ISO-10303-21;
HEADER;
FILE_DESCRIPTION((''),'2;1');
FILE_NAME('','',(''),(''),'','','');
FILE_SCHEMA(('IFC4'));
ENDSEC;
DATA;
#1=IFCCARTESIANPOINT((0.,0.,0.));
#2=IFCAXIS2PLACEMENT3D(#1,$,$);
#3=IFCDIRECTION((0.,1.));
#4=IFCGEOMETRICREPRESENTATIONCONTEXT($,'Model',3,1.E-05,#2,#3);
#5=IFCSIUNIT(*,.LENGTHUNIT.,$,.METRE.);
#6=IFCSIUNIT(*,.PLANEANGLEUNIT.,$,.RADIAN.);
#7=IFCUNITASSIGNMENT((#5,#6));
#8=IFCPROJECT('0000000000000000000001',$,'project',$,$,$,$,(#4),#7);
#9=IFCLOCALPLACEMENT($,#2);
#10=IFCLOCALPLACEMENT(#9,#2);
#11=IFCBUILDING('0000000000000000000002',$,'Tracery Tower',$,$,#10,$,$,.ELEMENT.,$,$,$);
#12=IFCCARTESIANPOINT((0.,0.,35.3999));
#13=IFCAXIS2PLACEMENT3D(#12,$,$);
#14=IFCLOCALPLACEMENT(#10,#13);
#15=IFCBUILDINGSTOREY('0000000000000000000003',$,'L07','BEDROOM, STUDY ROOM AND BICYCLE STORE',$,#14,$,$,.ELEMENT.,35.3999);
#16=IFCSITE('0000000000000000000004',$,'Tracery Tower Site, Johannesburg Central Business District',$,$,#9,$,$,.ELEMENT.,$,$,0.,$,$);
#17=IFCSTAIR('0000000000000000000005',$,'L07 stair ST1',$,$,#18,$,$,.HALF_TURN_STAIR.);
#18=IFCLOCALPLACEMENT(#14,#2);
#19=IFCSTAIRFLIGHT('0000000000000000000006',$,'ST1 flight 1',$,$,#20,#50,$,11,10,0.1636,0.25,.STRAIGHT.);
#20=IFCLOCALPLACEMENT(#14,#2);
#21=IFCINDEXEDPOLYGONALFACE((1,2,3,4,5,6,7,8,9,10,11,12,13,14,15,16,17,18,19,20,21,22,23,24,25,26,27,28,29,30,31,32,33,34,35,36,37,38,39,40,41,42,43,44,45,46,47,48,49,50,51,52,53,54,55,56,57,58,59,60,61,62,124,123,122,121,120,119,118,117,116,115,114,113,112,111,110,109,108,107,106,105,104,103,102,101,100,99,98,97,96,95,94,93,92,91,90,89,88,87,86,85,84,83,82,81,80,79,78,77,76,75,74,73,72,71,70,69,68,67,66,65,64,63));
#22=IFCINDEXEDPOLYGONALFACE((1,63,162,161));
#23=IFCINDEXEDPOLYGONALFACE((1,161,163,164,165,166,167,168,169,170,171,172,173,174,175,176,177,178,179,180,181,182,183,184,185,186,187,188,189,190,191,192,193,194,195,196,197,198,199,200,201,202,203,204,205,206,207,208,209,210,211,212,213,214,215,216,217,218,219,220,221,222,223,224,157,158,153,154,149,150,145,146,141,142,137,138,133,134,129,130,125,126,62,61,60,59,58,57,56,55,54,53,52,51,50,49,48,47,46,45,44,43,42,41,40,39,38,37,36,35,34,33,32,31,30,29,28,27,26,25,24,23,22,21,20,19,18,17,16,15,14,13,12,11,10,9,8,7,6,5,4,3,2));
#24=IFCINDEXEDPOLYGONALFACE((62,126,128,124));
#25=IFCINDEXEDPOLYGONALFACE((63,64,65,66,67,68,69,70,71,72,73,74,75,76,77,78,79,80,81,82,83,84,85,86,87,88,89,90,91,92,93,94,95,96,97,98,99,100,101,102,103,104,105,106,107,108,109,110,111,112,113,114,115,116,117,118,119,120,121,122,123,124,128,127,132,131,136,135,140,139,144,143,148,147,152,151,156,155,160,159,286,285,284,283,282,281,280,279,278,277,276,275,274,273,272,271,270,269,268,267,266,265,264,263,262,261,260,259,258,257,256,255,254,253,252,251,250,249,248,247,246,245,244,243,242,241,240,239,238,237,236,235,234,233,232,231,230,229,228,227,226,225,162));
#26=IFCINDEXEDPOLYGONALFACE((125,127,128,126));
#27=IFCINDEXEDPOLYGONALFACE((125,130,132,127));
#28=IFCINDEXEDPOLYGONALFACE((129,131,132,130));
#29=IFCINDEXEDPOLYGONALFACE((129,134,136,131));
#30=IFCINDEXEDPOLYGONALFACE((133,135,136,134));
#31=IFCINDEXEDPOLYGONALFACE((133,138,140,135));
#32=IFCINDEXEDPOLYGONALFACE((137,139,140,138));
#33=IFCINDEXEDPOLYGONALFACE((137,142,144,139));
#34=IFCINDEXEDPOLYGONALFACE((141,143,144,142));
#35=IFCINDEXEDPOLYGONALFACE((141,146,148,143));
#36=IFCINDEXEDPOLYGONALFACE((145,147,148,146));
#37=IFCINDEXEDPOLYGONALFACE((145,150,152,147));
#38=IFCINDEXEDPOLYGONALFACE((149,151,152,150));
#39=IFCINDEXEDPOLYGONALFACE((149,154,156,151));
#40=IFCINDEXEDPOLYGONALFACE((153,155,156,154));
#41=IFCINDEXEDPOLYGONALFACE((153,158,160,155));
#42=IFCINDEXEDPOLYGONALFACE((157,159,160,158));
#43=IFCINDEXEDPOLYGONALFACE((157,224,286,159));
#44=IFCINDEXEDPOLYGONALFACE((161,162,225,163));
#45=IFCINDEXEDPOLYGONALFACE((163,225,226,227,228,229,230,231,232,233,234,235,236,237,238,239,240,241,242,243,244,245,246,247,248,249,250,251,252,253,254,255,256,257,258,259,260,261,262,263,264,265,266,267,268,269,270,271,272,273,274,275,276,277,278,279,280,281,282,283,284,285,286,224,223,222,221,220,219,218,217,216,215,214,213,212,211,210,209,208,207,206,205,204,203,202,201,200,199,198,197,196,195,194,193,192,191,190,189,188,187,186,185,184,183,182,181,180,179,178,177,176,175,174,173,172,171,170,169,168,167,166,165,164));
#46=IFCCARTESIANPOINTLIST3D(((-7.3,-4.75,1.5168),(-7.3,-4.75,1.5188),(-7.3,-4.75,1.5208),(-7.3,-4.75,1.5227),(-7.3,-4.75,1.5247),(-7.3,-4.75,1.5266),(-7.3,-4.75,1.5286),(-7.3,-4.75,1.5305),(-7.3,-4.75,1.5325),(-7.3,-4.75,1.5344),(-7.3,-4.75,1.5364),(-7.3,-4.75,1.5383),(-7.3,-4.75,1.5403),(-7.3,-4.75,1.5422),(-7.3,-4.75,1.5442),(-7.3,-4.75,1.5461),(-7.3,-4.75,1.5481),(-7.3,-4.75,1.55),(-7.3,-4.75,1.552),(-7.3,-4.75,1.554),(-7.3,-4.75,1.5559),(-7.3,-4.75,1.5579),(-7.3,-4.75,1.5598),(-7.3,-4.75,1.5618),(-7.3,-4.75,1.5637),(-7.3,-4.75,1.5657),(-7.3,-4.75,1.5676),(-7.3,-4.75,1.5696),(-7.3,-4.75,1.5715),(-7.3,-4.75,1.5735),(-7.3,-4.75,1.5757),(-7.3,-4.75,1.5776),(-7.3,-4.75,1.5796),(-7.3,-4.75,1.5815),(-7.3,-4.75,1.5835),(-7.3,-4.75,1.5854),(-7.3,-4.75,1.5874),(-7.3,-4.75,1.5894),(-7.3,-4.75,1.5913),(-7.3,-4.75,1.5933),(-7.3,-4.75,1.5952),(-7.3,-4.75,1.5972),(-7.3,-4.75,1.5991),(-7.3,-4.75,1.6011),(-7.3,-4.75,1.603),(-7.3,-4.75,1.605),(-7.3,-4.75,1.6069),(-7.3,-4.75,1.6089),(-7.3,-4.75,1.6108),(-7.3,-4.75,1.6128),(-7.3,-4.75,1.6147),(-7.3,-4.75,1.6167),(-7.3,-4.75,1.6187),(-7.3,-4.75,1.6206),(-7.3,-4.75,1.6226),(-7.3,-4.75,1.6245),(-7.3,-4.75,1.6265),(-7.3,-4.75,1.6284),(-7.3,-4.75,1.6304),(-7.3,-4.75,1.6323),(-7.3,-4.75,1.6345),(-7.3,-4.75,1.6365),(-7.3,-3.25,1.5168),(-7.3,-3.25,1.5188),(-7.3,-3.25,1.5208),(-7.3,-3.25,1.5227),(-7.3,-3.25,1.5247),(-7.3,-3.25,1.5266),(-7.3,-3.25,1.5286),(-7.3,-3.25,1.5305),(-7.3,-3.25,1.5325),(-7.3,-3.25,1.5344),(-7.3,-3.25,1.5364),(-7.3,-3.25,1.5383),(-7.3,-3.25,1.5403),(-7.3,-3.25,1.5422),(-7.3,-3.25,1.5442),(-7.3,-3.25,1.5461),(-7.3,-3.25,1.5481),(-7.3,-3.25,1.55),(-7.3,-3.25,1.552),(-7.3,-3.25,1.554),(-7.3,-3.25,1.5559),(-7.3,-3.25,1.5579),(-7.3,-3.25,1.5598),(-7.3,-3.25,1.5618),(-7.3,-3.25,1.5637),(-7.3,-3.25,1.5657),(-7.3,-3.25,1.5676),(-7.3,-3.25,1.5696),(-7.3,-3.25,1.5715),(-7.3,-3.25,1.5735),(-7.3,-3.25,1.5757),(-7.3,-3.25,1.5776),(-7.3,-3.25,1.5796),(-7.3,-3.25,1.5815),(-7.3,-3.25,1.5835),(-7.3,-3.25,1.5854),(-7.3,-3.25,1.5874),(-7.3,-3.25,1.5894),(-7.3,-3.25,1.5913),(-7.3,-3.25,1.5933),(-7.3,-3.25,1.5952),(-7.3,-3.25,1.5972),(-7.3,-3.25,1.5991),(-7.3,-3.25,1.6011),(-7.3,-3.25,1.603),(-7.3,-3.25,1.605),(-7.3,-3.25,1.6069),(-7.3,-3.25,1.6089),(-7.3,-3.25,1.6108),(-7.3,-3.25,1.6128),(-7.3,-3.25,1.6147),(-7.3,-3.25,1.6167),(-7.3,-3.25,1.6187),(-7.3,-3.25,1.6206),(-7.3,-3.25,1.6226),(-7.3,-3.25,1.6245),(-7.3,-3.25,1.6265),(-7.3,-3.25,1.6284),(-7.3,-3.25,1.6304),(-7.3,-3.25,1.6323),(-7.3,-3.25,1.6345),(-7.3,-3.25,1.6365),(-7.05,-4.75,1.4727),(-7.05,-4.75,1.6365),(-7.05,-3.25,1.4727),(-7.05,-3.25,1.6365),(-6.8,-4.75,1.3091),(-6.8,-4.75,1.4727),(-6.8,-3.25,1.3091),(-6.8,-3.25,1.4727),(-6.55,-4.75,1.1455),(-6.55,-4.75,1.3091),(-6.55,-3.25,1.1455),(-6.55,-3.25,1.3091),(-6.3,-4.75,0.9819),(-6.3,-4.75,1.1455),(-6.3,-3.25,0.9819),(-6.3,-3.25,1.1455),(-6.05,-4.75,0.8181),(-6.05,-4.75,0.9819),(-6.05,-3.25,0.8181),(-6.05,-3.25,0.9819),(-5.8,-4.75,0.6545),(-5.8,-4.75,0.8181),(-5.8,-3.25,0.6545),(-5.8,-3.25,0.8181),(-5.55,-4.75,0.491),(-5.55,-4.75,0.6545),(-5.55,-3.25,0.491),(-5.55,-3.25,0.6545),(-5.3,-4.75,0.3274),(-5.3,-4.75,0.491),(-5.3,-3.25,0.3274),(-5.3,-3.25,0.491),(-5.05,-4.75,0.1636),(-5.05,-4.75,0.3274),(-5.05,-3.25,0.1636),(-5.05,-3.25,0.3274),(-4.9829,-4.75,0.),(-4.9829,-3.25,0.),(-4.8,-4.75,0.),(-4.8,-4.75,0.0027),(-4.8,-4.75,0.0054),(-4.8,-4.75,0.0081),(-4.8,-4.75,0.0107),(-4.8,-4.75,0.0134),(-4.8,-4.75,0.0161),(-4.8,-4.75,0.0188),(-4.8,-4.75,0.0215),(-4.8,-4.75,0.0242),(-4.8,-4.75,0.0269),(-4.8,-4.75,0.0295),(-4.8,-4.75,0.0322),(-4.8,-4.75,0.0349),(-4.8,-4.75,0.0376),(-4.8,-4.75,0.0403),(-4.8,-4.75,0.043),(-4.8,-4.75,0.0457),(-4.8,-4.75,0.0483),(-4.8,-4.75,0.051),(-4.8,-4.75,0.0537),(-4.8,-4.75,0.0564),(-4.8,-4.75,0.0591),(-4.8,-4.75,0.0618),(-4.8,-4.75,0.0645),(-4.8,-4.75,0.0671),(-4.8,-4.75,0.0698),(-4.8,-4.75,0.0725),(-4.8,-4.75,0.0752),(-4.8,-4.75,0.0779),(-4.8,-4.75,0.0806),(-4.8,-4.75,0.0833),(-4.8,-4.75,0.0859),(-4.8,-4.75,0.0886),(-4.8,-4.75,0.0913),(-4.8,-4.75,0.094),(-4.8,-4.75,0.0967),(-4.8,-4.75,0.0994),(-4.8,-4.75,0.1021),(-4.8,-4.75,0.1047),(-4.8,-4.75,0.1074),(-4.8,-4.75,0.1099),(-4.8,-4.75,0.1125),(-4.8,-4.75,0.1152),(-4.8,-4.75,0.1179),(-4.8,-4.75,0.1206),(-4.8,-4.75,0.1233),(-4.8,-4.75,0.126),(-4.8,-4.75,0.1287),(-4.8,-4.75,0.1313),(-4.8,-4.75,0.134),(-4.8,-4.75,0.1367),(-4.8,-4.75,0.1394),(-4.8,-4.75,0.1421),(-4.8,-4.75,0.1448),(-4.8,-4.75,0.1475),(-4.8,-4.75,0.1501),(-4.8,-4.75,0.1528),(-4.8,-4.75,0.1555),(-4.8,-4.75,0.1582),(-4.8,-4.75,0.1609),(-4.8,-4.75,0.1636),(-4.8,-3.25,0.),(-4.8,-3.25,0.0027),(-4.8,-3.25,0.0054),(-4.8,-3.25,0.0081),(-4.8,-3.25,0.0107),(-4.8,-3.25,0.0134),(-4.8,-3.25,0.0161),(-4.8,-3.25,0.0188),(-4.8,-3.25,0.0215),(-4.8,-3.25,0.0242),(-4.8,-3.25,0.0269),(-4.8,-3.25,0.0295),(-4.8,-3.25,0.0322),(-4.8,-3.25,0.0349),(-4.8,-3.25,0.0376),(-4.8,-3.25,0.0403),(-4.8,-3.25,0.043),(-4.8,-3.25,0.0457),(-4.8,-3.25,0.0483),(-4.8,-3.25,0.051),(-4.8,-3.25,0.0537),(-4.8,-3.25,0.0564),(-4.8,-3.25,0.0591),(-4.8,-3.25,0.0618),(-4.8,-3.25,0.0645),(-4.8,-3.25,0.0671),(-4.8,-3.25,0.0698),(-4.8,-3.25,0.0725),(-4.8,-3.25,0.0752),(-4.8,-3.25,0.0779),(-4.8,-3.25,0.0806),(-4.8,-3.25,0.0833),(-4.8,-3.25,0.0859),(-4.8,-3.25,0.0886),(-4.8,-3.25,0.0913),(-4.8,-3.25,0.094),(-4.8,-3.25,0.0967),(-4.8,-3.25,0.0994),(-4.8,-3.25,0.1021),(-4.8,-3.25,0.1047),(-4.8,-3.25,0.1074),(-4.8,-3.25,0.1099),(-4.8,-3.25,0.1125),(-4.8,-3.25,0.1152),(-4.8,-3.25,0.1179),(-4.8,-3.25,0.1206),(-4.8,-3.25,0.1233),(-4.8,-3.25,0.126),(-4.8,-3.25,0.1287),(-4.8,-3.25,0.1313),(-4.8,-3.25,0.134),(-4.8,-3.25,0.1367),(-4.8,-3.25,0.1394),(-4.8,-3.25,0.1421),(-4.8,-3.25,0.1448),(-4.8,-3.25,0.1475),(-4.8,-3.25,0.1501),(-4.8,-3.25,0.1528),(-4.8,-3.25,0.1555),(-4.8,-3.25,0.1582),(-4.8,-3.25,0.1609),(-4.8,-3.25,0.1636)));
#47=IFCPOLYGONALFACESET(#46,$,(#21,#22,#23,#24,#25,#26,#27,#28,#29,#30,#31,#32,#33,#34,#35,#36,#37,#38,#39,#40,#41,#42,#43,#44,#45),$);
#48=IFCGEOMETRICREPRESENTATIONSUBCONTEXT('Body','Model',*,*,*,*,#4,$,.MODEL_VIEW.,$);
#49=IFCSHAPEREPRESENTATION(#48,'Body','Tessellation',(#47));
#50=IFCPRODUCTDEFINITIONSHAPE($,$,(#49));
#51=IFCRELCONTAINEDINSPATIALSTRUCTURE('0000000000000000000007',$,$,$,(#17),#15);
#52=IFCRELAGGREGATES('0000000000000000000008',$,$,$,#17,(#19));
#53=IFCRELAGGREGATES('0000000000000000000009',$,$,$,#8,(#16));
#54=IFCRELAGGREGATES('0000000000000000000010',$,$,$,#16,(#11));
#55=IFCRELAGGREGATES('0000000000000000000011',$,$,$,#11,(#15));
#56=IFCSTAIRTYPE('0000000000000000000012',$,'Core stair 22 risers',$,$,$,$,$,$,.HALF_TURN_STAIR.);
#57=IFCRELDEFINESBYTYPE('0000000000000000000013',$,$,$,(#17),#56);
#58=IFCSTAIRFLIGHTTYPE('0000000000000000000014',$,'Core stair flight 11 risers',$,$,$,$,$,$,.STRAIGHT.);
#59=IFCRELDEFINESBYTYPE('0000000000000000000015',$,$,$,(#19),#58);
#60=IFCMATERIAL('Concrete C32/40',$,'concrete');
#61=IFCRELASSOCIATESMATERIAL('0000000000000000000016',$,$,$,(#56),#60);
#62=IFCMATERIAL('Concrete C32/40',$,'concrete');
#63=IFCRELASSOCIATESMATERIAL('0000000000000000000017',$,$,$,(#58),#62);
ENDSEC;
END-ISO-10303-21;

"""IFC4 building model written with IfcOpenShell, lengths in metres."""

from ifc_helpers import new_model, si_unit, direction, frame, origin, place, context, subcontext, project, spatial, polyline, outline, extrude, material, type_object, element, aggregate, save


model = new_model("IFC4")

# Units and contexts
model_context = context("Model", 3, precision=1e-05, world=origin(), true_north=direction((0.0, 1.0)))
body_context = subcontext(model_context, "Body", "Model", "MODEL_VIEW")
ifc_project = project(units=[si_unit("LENGTHUNIT", "METRE"), si_unit("PLANEANGLEUNIT", "RADIAN")], contexts=[model_context])

# Site, building, storey
site_placement = place(None, origin())
site = spatial("IfcSite", under=ifc_project, at=site_placement, Name="Tracery Tower Site, Johannesburg Central Business District", CompositionType="ELEMENT", RefElevation=0.0)
building_placement = place(site_placement, origin())
building = spatial("IfcBuilding", under=site, at=building_placement, Name="Tracery Tower", CompositionType="ELEMENT")
storey_placement = place(building_placement, frame((0.0, 0.0, 35.3999)))
storey = spatial("IfcBuildingStorey", under=building, at=storey_placement, Name="L07", Description="BEDROOM, STUDY ROOM AND BICYCLE STORE", CompositionType="ELEMENT", Elevation=35.3999)

# Stair, stair flight
ifc_material_1 = material(Name="Concrete C32/40", Category="concrete")
stair_type = type_object("IfcStairType", Name="Core stair 22 risers", PredefinedType="HALF_TURN_STAIR", material=ifc_material_1)
stair_placement = place(storey_placement, origin())
stair = element("IfcStair", 1, at=stair_placement, inside=storey, type_object=stair_type, Name="L07 stair ST1", PredefinedType="HALF_TURN_STAIR")
ifc_material_2 = material(Name="Concrete C32/40", Category="concrete")
stair_flight_type = type_object("IfcStairFlightType", Name="Core stair flight 11 risers", PredefinedType="STRAIGHT", material=ifc_material_2)
stair_flight_1_placement = place(storey_placement, frame((-4.8, -4.0, 0.0), z_axis=(0.0, 0.0, 1.0), x_axis=(-1.0, 0.0, 0.0)))
stair_flight_1 = element("IfcStairFlight", 2, at=stair_flight_1_placement, type_object=stair_flight_type, Name="ST1 flight 1", NumberOfRisers=11, NumberOfTreads=10, PredefinedType="STRAIGHT", RiserHeight=0.1636, TreadLength=0.25, context=body_context, shape_type="SweptSolid", body=[
    extrude(outline(polyline([(0.0, 0.0), (0.0, 0.0027), (0.0, 0.0054), (0.0, 0.0081), (0.0, 0.0107), (0.0, 0.0134), (0.0, 0.0161), (0.0, 0.0188), (0.0, 0.0215), (0.0, 0.0242), (0.0, 0.0269), (0.0, 0.0295), (0.0, 0.0322), (0.0, 0.0349), (0.0, 0.0376), (0.0, 0.0403), (0.0, 0.043), (0.0, 0.0457), (0.0, 0.0483), (0.0, 0.051), (0.0, 0.0537), (0.0, 0.0564), (0.0, 0.0591), (0.0, 0.0618), (0.0, 0.0645), (0.0, 0.0671), (0.0, 0.0698), (0.0, 0.0725), (0.0, 0.0752), (0.0, 0.0779), (0.0, 0.0806), (0.0, 0.0833), (0.0, 0.0859), (0.0, 0.0886), (0.0, 0.0913), (0.0, 0.094), (0.0, 0.0967), (0.0, 0.0994), (0.0, 0.1021), (0.0, 0.1047), (0.0, 0.1074), (0.0, 0.1099), (0.0, 0.1125), (0.0, 0.1152), (0.0, 0.1179), (0.0, 0.1206), (0.0, 0.1233), (0.0, 0.126), (0.0, 0.1287), (0.0, 0.1313), (0.0, 0.134), (0.0, 0.1367), (0.0, 0.1394), (0.0, 0.1421), (0.0, 0.1448), (0.0, 0.1475), (0.0, 0.1501), (0.0, 0.1528), (0.0, 0.1555), (0.0, 0.1582), (0.0, 0.1609), (0.0, 0.1636), (0.25, 0.1636), (0.25, 0.3274), (0.5, 0.3274), (0.5, 0.491), (0.75, 0.491), (0.75, 0.6545), (1.0, 0.6545), (1.0, 0.8181), (1.25, 0.8181), (1.25, 0.9819), (1.5, 0.9819), (1.5, 1.1455), (1.75, 1.1455), (1.75, 1.3091), (2.0, 1.3091), (2.0, 1.4727), (2.25, 1.4727), (2.25, 1.6365), (2.5, 1.6365), (2.5, 1.6345), (2.5, 1.6323), (2.5, 1.6304), (2.5, 1.6284), (2.5, 1.6265), (2.5, 1.6245), (2.5, 1.6226), (2.5, 1.6206), (2.5, 1.6187), (2.5, 1.6167), (2.5, 1.6147), (2.5, 1.6128), (2.5, 1.6108), (2.5, 1.6089), (2.5, 1.6069), (2.5, 1.605), (2.5, 1.603), (2.5, 1.6011), (2.5, 1.5991), (2.5, 1.5972), (2.5, 1.5952), (2.5, 1.5933), (2.5, 1.5913), (2.5, 1.5894), (2.5, 1.5874), (2.5, 1.5854), (2.5, 1.5835), (2.5, 1.5815), (2.5, 1.5796), (2.5, 1.5776), (2.5, 1.5757), (2.5, 1.5735), (2.5, 1.5715), (2.5, 1.5696), (2.5, 1.5676), (2.5, 1.5657), (2.5, 1.5637), (2.5, 1.5618), (2.5, 1.5598), (2.5, 1.5579), (2.5, 1.5559), (2.5, 1.554), (2.5, 1.552), (2.5, 1.55), (2.5, 1.5481), (2.5, 1.5461), (2.5, 1.5442), (2.5, 1.5422), (2.5, 1.5403), (2.5, 1.5383), (2.5, 1.5364), (2.5, 1.5344), (2.5, 1.5325), (2.5, 1.5305), (2.5, 1.5286), (2.5, 1.5266), (2.5, 1.5247), (2.5, 1.5227), (2.5, 1.5208), (2.5, 1.5188), (2.5, 1.5168), (0.1829, 0.0), (0.0, 0.0)])), frame((0.0, 0.75, 0.0), z_axis=(0.0, -1.0, 0.0), x_axis=(1.0, 0.0, 0.0)), (0.0, 0.0, 1.0), 1.5),
])
aggregate(stair, [stair_flight_1])

save(model, "model.ifc")
